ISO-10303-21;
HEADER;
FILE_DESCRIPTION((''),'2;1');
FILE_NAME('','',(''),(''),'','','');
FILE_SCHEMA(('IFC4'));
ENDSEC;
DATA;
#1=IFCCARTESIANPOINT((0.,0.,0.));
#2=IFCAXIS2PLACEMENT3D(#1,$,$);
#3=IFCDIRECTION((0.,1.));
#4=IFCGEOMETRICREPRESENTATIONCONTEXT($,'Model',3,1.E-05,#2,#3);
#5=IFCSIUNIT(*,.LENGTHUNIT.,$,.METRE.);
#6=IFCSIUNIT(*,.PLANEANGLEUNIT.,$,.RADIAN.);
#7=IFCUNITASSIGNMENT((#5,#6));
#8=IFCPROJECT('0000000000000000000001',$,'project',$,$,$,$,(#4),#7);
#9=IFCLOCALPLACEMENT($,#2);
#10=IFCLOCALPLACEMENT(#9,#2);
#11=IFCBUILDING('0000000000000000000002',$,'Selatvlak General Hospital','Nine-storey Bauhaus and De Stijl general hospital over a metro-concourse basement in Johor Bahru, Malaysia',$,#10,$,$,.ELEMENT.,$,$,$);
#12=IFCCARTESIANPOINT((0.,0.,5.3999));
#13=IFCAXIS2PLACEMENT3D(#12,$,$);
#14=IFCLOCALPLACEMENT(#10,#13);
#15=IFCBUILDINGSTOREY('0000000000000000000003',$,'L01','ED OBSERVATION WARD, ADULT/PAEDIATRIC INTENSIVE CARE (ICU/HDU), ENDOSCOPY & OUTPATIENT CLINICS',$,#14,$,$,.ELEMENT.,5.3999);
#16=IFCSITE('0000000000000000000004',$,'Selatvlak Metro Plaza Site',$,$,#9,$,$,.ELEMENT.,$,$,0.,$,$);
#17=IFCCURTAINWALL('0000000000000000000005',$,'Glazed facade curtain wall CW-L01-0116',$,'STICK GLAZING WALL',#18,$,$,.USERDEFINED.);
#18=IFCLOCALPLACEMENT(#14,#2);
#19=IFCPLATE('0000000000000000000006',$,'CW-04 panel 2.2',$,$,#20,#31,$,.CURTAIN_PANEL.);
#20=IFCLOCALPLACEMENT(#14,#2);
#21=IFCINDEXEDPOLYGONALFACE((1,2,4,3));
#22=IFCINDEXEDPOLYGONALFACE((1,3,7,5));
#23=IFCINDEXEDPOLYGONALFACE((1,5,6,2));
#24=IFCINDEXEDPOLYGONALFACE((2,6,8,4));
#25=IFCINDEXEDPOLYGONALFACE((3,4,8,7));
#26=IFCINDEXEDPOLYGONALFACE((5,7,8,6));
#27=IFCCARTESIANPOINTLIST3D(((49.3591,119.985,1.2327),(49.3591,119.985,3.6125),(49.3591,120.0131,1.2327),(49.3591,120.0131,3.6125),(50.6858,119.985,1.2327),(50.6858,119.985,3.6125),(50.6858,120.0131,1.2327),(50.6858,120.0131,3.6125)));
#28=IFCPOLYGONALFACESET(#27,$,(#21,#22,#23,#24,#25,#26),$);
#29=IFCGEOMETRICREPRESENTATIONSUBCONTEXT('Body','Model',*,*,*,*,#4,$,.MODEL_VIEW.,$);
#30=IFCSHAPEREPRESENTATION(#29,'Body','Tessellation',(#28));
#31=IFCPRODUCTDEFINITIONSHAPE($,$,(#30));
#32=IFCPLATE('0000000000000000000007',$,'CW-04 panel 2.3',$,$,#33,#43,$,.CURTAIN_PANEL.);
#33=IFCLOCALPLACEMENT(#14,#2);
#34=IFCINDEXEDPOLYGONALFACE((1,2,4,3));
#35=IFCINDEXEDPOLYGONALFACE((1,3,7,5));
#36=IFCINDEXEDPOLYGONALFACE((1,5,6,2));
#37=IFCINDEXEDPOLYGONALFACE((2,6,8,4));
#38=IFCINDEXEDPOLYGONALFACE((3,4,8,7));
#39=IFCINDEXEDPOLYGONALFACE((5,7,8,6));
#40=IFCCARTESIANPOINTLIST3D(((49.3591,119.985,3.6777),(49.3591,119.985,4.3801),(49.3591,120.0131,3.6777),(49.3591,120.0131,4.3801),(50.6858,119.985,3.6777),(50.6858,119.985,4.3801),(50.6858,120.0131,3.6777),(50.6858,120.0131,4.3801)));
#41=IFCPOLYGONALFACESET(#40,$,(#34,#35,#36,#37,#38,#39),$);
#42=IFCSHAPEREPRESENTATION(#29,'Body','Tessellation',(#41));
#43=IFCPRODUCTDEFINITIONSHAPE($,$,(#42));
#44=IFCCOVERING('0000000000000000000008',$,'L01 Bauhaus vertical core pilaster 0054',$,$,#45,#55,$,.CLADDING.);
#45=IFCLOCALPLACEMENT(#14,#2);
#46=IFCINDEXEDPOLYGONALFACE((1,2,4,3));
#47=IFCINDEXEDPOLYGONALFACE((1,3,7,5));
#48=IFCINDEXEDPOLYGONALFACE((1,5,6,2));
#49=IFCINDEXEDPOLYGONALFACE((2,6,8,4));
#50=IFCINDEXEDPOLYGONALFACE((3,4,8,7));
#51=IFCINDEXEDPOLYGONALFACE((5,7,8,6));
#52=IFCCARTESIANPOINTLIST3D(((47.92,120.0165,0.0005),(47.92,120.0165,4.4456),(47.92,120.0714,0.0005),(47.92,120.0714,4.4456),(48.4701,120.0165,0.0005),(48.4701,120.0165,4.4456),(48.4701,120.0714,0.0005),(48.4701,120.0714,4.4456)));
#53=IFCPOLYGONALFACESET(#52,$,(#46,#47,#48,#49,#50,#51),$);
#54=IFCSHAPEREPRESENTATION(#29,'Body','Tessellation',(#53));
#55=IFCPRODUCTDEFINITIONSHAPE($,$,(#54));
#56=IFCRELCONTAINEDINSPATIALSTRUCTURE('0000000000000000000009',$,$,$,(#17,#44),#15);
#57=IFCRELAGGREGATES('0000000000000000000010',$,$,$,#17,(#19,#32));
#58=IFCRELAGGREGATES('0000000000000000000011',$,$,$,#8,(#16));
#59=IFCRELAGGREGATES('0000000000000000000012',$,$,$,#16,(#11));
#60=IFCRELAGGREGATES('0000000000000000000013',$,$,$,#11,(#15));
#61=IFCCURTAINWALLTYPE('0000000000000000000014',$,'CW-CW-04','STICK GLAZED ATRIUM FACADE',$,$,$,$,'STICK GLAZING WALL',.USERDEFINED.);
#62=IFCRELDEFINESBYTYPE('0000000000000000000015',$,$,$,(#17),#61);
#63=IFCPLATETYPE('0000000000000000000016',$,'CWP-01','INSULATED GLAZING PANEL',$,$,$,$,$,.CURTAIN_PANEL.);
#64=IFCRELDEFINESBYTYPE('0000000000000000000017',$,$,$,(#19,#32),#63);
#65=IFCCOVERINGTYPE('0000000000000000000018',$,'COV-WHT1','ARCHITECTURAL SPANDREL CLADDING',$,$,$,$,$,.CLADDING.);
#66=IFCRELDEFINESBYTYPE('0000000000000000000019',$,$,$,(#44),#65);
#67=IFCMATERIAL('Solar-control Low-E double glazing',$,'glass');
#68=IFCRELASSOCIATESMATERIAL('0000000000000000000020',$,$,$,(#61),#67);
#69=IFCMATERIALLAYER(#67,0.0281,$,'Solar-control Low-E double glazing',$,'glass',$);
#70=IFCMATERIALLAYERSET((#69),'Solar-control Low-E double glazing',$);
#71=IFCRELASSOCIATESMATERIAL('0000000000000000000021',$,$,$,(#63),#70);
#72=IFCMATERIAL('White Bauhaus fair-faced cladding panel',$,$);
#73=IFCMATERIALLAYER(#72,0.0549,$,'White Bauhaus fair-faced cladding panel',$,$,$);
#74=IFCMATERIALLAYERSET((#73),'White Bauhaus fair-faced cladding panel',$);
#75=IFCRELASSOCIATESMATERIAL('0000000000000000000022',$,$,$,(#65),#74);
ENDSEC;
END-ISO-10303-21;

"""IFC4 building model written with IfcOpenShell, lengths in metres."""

from ifc_helpers import new_model, si_unit, direction, frame, origin, origin_2d, place, context, subcontext, project, spatial, rectangle, extrude, material, layer, layer_set, type_object, element, aggregate, save


model = new_model("IFC4")

# Units and contexts
model_context = context("Model", 3, precision=1e-05, world=origin(), true_north=direction((0.0, 1.0)))
body_context = subcontext(model_context, "Body", "Model", "MODEL_VIEW")
ifc_project = project(units=[si_unit("LENGTHUNIT", "METRE"), si_unit("PLANEANGLEUNIT", "RADIAN")], contexts=[model_context])

# Site, building, storey
site_placement = place(None, origin())
site = spatial("IfcSite", under=ifc_project, at=site_placement, Name="Selatvlak Metro Plaza Site", CompositionType="ELEMENT", RefElevation=0.0)
building_placement = place(site_placement, origin())
building = spatial("IfcBuilding", under=site, at=building_placement, Name="Selatvlak General Hospital", Description="Nine-storey Bauhaus and De Stijl general hospital over a metro-concourse basement in Johor Bahru, Malaysia", CompositionType="ELEMENT")
storey_placement = place(building_placement, frame((0.0, 0.0, 5.3999)))
storey = spatial("IfcBuildingStorey", under=building, at=storey_placement, Name="L01", Description="ED OBSERVATION WARD, ADULT/PAEDIATRIC INTENSIVE CARE (ICU/HDU), ENDOSCOPY & OUTPATIENT CLINICS", CompositionType="ELEMENT", Elevation=5.3999)

# Shared definitions
ifc_material_1 = material(Name="Solar-control Low-E double glazing", Category="glass")

# Curtain wall
curtain_wall_type_1 = type_object("IfcCurtainWallType", Name="CW-CW-04", Description="STICK GLAZED ATRIUM FACADE", ElementType="STICK GLAZING WALL", PredefinedType="USERDEFINED", material=ifc_material_1)
curtain_wall_1_placement = place(storey_placement, origin())
curtain_wall_1 = element("IfcCurtainWall", 1, at=curtain_wall_1_placement, inside=storey, type_object=curtain_wall_type_1, Name="Glazed facade curtain wall CW-L01-0116", ObjectType="STICK GLAZING WALL", PredefinedType="USERDEFINED")

# Plates
ifc_layer_1 = layer(ifc_material_1, 0.0281, Name="Solar-control Low-E double glazing", Category="glass")
ifc_layer_set_1 = layer_set([ifc_layer_1], Name="Solar-control Low-E double glazing")
plate_type = type_object("IfcPlateType", Name="CWP-01", Description="INSULATED GLAZING PANEL", PredefinedType="CURTAIN_PANEL", material=ifc_layer_set_1)
plate_1_placement = place(storey_placement, frame((50.0225, 119.999, 1.2327), z_axis=(0.0, 0.0, 1.0), x_axis=(1.0, 0.0, 0.0)))
plate_1 = element("IfcPlate", 2, at=plate_1_placement, type_object=plate_type, Name="CW-04 panel 2.2", PredefinedType="CURTAIN_PANEL", context=body_context, shape_type="SweptSolid", body=[
    extrude(rectangle(XDim=1.3267, YDim=0.0281, at=origin_2d()), origin(), (0.0, 0.0, 1.0), 2.3799),
])
plate_2_placement = place(storey_placement, frame((50.0225, 119.999, 3.6777), z_axis=(0.0, 0.0, 1.0), x_axis=(1.0, 0.0, 0.0)))
plate_2 = element("IfcPlate", 3, at=plate_2_placement, type_object=plate_type, Name="CW-04 panel 2.3", PredefinedType="CURTAIN_PANEL", context=body_context, shape_type="SweptSolid", body=[
    extrude(rectangle(XDim=1.3267, YDim=0.0281, at=origin_2d()), origin(), (0.0, 0.0, 1.0), 0.7024),
])
aggregate(curtain_wall_1, [plate_1, plate_2])

# Covering
ifc_material_2 = material(Name="White Bauhaus fair-faced cladding panel")
ifc_layer_2 = layer(ifc_material_2, 0.0549, Name="White Bauhaus fair-faced cladding panel")
ifc_layer_set_2 = layer_set([ifc_layer_2], Name="White Bauhaus fair-faced cladding panel")
covering_type = type_object("IfcCoveringType", Name="COV-WHT1", Description="ARCHITECTURAL SPANDREL CLADDING", PredefinedType="CLADDING", material=ifc_layer_set_2)
covering_placement = place(storey_placement, frame((48.1951, 120.0439, 0.0005), z_axis=(0.0, 0.0, 1.0), x_axis=(1.0, 0.0, 0.0)))
element("IfcCovering", 4, at=covering_placement, inside=storey, type_object=covering_type, Name="L01 Bauhaus vertical core pilaster 0054", PredefinedType="CLADDING", context=body_context, shape_type="SweptSolid", body=[
    extrude(rectangle(XDim=0.55, YDim=0.0549, at=origin_2d()), origin(), (0.0, 0.0, 1.0), 4.4451),
])

save(model, "model.ifc")
